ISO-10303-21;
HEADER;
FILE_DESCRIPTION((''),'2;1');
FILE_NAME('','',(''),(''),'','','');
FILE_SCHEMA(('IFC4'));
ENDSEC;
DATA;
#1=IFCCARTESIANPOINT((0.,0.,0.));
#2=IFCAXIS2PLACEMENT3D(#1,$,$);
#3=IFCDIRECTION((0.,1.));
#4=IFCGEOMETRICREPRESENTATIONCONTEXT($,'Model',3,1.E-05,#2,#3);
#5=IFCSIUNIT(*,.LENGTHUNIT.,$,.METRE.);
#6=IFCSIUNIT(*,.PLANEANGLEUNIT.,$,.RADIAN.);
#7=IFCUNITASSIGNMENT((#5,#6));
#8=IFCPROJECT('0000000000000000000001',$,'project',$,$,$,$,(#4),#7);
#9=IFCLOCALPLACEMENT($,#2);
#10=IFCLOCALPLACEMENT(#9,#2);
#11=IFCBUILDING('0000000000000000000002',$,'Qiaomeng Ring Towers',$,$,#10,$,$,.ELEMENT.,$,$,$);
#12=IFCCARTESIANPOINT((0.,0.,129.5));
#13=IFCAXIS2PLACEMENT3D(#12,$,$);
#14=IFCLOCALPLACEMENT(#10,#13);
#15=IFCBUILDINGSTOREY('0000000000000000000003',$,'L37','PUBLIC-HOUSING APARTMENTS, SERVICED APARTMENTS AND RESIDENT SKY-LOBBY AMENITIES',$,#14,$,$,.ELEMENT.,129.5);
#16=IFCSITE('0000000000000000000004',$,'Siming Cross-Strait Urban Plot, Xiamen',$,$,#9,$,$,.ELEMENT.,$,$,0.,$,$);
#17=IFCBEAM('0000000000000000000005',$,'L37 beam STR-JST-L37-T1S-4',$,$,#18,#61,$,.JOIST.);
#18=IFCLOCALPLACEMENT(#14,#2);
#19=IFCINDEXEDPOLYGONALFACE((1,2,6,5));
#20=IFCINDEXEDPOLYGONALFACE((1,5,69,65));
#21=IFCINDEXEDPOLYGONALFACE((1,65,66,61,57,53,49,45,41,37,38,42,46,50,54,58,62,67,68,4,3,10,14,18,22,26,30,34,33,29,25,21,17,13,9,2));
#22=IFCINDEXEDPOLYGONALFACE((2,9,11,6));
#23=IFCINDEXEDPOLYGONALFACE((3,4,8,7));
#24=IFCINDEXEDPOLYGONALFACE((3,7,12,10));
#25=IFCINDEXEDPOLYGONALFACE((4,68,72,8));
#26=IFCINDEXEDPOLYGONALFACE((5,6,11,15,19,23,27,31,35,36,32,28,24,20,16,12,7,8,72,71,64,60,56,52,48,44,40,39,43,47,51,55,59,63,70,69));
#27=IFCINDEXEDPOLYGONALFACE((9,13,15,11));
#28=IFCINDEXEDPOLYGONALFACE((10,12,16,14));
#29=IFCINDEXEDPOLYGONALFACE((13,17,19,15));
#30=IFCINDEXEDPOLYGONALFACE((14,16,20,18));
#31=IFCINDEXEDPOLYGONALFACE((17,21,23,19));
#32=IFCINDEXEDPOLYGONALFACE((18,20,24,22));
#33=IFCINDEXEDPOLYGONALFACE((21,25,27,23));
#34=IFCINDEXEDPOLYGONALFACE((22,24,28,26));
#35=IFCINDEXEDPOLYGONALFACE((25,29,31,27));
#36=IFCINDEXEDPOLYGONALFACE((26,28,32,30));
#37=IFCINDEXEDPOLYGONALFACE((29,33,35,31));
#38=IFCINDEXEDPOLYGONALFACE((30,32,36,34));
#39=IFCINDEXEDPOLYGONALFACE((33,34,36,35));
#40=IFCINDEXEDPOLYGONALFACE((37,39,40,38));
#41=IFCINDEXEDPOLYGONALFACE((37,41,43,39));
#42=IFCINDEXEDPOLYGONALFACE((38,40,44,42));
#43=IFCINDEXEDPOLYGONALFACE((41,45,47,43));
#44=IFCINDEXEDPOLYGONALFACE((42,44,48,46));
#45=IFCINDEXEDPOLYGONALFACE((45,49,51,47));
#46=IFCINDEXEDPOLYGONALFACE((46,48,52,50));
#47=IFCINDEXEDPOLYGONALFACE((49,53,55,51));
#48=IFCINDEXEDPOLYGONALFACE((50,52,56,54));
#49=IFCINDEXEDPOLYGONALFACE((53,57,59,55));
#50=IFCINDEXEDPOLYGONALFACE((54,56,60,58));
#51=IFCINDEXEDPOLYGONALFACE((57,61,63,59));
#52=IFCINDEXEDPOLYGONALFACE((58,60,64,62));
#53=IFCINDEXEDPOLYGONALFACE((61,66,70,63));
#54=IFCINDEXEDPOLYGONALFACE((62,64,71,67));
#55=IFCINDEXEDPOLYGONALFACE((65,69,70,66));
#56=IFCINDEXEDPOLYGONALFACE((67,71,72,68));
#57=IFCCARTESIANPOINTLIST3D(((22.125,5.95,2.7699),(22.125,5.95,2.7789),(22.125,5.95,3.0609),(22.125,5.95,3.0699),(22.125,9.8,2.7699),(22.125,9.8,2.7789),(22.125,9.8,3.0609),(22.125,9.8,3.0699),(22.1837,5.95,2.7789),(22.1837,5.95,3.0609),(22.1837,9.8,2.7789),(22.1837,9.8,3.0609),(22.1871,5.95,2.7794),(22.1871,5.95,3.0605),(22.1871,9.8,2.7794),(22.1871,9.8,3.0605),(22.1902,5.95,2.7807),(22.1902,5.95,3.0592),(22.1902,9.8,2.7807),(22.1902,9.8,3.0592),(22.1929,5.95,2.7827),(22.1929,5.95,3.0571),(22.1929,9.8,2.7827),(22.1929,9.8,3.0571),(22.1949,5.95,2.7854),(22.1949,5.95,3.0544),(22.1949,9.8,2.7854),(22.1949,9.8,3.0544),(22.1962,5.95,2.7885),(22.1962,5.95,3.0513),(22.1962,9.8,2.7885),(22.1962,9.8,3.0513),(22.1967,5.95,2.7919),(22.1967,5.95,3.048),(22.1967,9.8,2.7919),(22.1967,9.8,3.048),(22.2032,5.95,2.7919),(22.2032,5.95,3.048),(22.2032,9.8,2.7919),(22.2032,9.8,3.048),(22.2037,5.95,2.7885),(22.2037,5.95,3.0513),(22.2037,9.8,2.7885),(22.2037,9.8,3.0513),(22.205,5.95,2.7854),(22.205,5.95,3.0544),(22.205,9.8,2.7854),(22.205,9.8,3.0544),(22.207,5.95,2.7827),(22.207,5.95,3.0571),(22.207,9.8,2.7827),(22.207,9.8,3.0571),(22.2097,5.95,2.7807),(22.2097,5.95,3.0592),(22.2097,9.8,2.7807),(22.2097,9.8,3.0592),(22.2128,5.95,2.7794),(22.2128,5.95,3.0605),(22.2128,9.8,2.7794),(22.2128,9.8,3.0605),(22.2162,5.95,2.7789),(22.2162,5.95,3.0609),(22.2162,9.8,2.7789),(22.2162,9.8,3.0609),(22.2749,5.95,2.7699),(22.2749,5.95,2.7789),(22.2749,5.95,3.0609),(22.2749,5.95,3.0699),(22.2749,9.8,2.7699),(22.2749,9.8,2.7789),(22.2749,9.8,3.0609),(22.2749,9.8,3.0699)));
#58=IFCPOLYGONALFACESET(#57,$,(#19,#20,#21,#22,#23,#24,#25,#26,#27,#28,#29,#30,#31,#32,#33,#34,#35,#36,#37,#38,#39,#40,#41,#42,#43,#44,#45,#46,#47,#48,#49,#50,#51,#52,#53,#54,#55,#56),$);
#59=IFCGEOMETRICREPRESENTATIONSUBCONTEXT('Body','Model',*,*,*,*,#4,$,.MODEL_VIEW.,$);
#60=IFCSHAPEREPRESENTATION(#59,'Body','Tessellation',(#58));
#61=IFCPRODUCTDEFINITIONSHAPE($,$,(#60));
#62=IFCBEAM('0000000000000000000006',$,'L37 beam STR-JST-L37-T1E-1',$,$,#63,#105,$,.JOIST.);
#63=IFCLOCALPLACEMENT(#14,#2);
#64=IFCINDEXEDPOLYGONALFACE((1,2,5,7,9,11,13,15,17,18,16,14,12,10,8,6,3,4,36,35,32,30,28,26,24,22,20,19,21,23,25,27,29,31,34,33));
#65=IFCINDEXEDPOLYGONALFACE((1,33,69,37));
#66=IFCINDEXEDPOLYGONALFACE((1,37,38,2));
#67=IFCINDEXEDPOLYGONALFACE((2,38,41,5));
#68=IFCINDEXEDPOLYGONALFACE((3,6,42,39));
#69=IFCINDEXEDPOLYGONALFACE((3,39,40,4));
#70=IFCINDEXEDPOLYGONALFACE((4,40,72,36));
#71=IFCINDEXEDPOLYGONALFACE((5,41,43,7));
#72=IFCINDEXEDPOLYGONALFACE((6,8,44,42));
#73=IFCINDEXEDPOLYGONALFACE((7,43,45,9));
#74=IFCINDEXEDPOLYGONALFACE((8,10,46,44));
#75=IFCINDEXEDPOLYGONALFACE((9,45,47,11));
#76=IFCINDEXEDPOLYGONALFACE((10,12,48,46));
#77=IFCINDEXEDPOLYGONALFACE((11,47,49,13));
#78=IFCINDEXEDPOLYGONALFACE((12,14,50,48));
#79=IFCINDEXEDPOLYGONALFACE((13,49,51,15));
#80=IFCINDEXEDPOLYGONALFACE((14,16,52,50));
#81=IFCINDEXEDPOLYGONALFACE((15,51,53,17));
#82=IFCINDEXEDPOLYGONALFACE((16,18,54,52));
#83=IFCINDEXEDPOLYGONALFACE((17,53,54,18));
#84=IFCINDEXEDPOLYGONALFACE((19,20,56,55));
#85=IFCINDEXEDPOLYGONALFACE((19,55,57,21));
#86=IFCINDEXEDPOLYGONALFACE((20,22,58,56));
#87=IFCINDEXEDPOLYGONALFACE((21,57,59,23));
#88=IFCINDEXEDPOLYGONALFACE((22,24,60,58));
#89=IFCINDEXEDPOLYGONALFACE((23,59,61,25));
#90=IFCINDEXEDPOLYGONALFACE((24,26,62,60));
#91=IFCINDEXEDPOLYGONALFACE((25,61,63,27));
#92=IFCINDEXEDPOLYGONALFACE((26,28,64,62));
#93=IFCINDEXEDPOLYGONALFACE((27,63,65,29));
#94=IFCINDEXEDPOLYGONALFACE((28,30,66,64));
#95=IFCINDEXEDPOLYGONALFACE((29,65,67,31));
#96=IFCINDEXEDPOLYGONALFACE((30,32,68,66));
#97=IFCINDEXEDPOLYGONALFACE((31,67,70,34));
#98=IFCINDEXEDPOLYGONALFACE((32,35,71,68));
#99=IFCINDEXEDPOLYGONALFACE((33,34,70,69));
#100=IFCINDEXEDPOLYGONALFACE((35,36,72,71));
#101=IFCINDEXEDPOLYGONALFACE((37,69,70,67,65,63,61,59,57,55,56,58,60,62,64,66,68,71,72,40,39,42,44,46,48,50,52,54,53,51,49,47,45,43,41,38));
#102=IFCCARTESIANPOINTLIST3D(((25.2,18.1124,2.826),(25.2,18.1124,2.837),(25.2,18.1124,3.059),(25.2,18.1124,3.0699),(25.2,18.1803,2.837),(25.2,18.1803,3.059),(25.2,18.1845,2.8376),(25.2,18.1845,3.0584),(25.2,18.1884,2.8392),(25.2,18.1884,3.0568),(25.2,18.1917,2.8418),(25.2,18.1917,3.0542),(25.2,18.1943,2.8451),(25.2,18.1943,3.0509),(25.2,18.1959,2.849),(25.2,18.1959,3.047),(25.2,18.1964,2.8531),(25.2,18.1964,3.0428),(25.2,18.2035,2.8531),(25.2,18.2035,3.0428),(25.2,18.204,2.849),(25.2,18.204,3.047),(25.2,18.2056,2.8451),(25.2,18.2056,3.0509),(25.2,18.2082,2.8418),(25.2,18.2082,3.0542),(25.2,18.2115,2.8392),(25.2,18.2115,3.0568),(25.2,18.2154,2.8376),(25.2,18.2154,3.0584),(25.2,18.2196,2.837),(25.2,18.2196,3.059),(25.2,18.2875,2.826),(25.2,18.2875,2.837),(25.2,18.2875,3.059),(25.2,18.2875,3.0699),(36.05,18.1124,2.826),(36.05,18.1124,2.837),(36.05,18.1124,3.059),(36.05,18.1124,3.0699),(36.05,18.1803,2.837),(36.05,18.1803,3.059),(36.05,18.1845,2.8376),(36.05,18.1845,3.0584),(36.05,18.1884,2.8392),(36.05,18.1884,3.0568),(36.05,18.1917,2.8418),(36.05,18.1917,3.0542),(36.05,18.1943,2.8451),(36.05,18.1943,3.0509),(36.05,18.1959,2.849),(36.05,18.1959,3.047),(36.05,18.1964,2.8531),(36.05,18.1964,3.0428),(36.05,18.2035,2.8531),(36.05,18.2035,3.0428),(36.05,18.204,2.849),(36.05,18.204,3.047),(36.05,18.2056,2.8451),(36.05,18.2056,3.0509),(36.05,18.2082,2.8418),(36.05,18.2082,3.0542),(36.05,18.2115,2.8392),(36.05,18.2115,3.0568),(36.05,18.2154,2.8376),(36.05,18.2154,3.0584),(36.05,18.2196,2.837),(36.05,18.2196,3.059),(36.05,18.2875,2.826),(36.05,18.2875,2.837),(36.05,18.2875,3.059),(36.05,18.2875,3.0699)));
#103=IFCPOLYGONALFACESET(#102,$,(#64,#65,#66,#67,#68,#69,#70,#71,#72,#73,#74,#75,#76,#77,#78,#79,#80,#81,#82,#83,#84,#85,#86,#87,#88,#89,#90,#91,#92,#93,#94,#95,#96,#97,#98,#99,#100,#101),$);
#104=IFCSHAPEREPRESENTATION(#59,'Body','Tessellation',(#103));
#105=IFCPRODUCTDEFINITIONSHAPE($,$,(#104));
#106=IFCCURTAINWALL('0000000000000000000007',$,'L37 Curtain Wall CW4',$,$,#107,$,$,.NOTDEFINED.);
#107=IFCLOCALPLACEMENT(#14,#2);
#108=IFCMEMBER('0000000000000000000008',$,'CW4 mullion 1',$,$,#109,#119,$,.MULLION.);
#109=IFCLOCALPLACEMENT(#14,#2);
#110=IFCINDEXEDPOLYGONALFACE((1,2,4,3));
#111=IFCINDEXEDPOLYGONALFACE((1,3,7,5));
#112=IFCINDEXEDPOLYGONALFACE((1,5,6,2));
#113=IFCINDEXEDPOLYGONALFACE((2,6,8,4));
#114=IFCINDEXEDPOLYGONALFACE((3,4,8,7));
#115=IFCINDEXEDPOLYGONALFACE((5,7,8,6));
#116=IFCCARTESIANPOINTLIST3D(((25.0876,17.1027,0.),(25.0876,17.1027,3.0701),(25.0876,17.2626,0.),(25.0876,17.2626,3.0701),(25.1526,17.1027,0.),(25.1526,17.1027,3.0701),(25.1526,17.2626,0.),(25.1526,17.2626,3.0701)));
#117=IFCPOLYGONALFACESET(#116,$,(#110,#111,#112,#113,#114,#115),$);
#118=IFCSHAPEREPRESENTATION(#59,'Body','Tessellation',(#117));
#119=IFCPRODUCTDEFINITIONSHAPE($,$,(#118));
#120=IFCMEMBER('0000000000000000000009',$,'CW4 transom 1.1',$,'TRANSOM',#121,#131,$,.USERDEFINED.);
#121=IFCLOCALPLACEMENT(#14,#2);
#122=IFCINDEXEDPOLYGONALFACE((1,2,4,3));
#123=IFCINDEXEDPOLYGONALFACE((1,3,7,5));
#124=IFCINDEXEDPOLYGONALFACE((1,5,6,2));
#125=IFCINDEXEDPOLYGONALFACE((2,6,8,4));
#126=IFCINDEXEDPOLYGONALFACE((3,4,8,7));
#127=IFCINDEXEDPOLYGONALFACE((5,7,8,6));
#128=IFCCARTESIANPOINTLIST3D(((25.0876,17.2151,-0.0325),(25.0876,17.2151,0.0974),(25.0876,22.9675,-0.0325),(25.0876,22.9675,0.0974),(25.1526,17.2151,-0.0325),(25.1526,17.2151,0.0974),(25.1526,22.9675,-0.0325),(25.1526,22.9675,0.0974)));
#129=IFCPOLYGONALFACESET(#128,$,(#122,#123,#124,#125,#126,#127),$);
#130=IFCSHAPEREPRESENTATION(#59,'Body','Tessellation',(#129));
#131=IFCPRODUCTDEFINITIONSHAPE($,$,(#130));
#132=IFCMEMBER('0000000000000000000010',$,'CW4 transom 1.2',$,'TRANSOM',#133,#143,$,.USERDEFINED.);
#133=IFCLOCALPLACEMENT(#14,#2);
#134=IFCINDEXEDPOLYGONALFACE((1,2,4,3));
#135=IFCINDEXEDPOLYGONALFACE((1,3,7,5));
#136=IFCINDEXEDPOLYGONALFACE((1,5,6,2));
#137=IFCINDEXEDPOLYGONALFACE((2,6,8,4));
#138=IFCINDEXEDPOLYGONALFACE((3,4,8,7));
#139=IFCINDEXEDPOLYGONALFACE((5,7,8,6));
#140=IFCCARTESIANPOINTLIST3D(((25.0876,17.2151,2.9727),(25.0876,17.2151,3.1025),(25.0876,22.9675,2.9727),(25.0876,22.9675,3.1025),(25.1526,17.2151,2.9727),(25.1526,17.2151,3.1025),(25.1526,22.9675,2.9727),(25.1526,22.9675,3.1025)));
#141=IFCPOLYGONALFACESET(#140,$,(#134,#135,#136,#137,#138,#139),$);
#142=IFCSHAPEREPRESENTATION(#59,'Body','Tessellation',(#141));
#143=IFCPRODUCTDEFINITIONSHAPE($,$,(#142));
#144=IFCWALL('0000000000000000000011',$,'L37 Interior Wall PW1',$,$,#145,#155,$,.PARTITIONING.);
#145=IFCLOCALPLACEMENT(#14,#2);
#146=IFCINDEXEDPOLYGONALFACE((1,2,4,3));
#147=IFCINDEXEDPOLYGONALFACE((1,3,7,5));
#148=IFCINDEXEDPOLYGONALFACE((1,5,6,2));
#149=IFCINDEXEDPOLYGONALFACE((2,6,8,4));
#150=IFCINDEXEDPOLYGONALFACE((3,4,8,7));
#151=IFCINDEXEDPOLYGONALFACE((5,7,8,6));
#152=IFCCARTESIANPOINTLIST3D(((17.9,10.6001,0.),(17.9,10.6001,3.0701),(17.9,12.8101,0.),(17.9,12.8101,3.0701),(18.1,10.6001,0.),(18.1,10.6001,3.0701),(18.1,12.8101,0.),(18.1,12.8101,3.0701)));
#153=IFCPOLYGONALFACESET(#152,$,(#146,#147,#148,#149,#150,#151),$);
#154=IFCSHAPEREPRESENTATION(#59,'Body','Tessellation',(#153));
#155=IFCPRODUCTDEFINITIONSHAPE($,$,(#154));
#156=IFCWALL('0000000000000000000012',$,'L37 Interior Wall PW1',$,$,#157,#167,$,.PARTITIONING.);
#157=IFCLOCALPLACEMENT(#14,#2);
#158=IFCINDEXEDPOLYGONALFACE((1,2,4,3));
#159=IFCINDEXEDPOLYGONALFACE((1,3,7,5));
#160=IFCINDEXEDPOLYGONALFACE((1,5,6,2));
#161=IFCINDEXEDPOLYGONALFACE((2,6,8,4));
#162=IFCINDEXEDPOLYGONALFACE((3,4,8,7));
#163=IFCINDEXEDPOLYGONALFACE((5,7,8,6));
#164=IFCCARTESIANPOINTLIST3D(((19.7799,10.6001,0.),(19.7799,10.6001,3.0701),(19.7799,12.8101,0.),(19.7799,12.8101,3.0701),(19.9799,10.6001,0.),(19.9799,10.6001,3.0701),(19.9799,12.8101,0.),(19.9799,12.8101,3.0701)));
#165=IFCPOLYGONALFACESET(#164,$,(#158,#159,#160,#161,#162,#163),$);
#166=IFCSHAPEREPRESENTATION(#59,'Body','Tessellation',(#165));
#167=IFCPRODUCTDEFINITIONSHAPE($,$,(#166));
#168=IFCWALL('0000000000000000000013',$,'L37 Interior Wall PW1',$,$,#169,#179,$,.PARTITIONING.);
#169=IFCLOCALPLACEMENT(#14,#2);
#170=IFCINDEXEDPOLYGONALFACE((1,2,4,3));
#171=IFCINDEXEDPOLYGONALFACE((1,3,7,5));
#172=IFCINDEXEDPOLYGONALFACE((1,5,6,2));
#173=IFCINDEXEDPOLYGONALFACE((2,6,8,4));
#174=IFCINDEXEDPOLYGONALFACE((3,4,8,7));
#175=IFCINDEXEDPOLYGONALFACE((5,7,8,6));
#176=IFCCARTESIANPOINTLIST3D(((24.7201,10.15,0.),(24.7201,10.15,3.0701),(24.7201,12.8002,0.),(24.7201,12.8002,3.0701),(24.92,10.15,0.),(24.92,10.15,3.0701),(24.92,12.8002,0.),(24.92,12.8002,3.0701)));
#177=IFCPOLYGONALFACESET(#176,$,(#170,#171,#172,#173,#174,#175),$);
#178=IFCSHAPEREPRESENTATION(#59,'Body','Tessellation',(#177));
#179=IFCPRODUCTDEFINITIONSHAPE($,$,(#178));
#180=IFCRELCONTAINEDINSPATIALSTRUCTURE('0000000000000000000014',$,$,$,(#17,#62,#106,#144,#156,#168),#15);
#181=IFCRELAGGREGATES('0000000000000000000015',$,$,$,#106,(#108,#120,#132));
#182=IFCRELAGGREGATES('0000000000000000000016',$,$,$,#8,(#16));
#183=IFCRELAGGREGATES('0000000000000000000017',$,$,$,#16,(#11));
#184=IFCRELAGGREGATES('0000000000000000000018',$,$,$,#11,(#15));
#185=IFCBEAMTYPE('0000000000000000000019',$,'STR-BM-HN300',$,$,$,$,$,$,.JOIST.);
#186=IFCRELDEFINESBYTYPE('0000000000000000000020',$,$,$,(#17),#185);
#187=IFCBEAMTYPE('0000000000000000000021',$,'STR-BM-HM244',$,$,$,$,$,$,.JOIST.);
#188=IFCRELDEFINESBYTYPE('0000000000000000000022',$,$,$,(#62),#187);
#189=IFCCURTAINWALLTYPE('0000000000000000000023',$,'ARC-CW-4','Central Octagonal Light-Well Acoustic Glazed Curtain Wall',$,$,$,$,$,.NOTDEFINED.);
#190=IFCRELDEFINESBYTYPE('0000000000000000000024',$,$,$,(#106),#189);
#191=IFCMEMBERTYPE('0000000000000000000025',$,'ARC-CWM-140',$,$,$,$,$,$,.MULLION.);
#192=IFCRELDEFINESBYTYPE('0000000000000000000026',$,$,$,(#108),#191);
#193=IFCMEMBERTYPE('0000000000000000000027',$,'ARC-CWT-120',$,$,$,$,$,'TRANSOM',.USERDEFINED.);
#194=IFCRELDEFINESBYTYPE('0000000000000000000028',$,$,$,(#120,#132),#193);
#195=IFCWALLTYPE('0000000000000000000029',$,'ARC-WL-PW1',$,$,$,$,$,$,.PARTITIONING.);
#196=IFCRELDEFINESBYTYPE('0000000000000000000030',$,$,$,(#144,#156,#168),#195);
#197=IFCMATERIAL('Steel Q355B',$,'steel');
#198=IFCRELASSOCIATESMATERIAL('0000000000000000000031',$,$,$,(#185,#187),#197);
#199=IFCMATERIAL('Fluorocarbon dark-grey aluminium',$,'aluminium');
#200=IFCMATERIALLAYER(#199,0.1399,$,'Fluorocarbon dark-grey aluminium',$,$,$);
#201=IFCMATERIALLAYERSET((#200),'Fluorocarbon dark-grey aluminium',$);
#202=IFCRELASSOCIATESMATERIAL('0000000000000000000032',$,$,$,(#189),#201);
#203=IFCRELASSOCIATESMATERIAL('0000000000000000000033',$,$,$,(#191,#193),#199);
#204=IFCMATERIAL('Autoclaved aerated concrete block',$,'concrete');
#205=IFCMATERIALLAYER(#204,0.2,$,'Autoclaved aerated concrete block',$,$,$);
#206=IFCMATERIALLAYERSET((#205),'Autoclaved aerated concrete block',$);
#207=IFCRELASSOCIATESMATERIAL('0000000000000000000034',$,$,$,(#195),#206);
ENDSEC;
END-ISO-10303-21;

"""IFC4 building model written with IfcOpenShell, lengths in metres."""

from ifc_helpers import new_model, si_unit, direction, frame, frame_2d, origin, origin_2d, place, context, subcontext, project, spatial, rectangle, i_section, extrude, source, transform, mapped, material, layer, layer_set, material_profile, profile_set, type_object, element, aggregate, save


model = new_model("IFC4")

# Units and contexts
model_context = context("Model", 3, precision=1e-05, world=origin(), true_north=direction((0.0, 1.0)))
body_context = subcontext(model_context, "Body", "Model", "MODEL_VIEW")
ifc_project = project(units=[si_unit("LENGTHUNIT", "METRE"), si_unit("PLANEANGLEUNIT", "RADIAN")], contexts=[model_context])

# Site, building, storey
site_placement = place(None, origin())
site = spatial("IfcSite", under=ifc_project, at=site_placement, Name="Siming Cross-Strait Urban Plot, Xiamen", CompositionType="ELEMENT", RefElevation=0.0)
building_placement = place(site_placement, origin())
building = spatial("IfcBuilding", under=site, at=building_placement, Name="Qiaomeng Ring Towers", CompositionType="ELEMENT")
storey_placement = place(building_placement, frame((0.0, 0.0, 129.5)))
storey = spatial("IfcBuildingStorey", under=building, at=storey_placement, Name="L37", Description="PUBLIC-HOUSING APARTMENTS, SERVICED APARTMENTS AND RESIDENT SKY-LOBBY AMENITIES", CompositionType="ELEMENT", Elevation=129.5)

# Beams
ifc_material_1 = material(Name="Steel Q355B", Category="steel")
ifc_material_profile_1 = material_profile(ifc_material_1, i_section(OverallWidth=0.1499, OverallDepth=0.3, WebThickness=0.0066, FlangeThickness=0.009, FilletRadius=0.0129, at=origin_2d()), Name="HN 300x150x6.5x9")
ifc_profile_set_1 = profile_set([ifc_material_profile_1], Name="Steel Q355B")
beam_type_1 = type_object("IfcBeamType", Name="STR-BM-HN300", PredefinedType="JOIST", material=ifc_profile_set_1)
shared_shape_1 = source(origin(), body_context, "Body", "SweptSolid", [
    extrude(i_section(OverallWidth=0.1499, OverallDepth=0.3, WebThickness=0.0066, FlangeThickness=0.009, FilletRadius=0.0129, at=origin_2d()), origin(), (0.0, 0.0, 1.0), 3.8501),
])
for number, where, z_axis, x_axis, name in (
    (1, (22.2, 5.95, 2.9199), (0.0, 1.0, 0.0), (-1.0, 0.0, 0.0), "L37 beam STR-JST-L37-T1S-4"),
):
    element("IfcBeam", number, at=place(storey_placement, frame(where, z_axis=z_axis, x_axis=x_axis)), inside=storey, type_object=beam_type_1, Name=name, PredefinedType="JOIST", context=body_context, shape_type="MappedRepresentation", body=[
        mapped(shared_shape_1, transform((0.0, 0.0, 0.0), x_axis=(1.0, 0.0, 0.0), y_axis=(0.0, 1.0, 0.0), z_axis=(0.0, 0.0, 1.0), scale=1.0)),
    ])
ifc_material_profile_2 = material_profile(ifc_material_1, i_section(OverallWidth=0.175, OverallDepth=0.2439, WebThickness=0.0071, FlangeThickness=0.011, FilletRadius=0.0161, at=origin_2d()), Name="HM 244x175x7x11")
ifc_profile_set_2 = profile_set([ifc_material_profile_2], Name="Steel Q355B")
beam_type_2 = type_object("IfcBeamType", Name="STR-BM-HM244", PredefinedType="JOIST", material=ifc_profile_set_2)
shared_shape_2 = source(origin(), body_context, "Body", "SweptSolid", [
    extrude(i_section(OverallWidth=0.175, OverallDepth=0.2439, WebThickness=0.0071, FlangeThickness=0.011, FilletRadius=0.0161, at=origin_2d()), origin(), (0.0, 0.0, 1.0), 10.8501),
])
beam_1_placement = place(storey_placement, frame((25.2, 18.2, 2.948), z_axis=(1.0, 0.0, 0.0), x_axis=(0.0, 1.0, 0.0)))
element("IfcBeam", 2, at=beam_1_placement, inside=storey, type_object=beam_type_2, Name="L37 beam STR-JST-L37-T1E-1", PredefinedType="JOIST", context=body_context, shape_type="MappedRepresentation", body=[
    mapped(shared_shape_2, transform((0.0, 0.0, 0.0), x_axis=(1.0, 0.0, 0.0), y_axis=(0.0, 1.0, 0.0), z_axis=(0.0, 0.0, 1.0), scale=1.0)),
])

# Curtain wall, members
ifc_material_2 = material(Name="Fluorocarbon dark-grey aluminium", Category="aluminium")
ifc_layer_1 = layer(ifc_material_2, 0.1399, Name="Fluorocarbon dark-grey aluminium")
ifc_layer_set_1 = layer_set([ifc_layer_1], Name="Fluorocarbon dark-grey aluminium")
curtain_wall_type = type_object("IfcCurtainWallType", Name="ARC-CW-4", Description="Central Octagonal Light-Well Acoustic Glazed Curtain Wall", PredefinedType="NOTDEFINED", material=ifc_layer_set_1)
curtain_wall_placement = place(storey_placement, origin())
curtain_wall = element("IfcCurtainWall", 3, at=curtain_wall_placement, inside=storey, type_object=curtain_wall_type, Name="L37 Curtain Wall CW4", PredefinedType="NOTDEFINED")
ifc_material_profile_3 = material_profile(ifc_material_2, rectangle(XDim=0.0649, YDim=0.1599, at=origin_2d()), Name="ALU MULL 65x160")
ifc_profile_set_3 = profile_set([ifc_material_profile_3], Name="Fluorocarbon dark-grey aluminium")
member_type_1 = type_object("IfcMemberType", Name="ARC-CWM-140", PredefinedType="MULLION", material=ifc_profile_set_3)
shared_shape_3 = source(origin(), body_context, "Body", "SweptSolid", [
    extrude(rectangle(XDim=0.0649, YDim=0.1599, at=origin_2d()), origin(), (0.0, 0.0, 1.0), 3.0701),
])
member_1_placement = place(storey_placement, frame((25.1201, 17.1826, 0.0), z_axis=(0.0, 0.0, 1.0), x_axis=(-1.0, 0.0, 0.0)))
member_1 = element("IfcMember", 4, at=member_1_placement, type_object=member_type_1, Name="CW4 mullion 1", PredefinedType="MULLION", context=body_context, shape_type="MappedRepresentation", body=[
    mapped(shared_shape_3, transform((0.0, 0.0, 0.0), x_axis=(1.0, 0.0, 0.0), y_axis=(0.0, 1.0, 0.0), z_axis=(0.0, 0.0, 1.0), scale=1.0)),
])
ifc_material_profile_4 = material_profile(ifc_material_2, rectangle(XDim=0.0649, YDim=0.1299, at=origin_2d()), Name="ALU TRAN 65x130")
ifc_profile_set_4 = profile_set([ifc_material_profile_4], Name="Fluorocarbon dark-grey aluminium")
member_type_2 = type_object("IfcMemberType", Name="ARC-CWT-120", ElementType="TRANSOM", PredefinedType="USERDEFINED", material=ifc_profile_set_4)
shared_shape_4 = source(origin(), body_context, "Body", "SweptSolid", [
    extrude(rectangle(XDim=0.0649, YDim=0.1299, at=origin_2d()), origin(), (0.0, 0.0, 1.0), 5.7524),
])
member_2_placement = place(storey_placement, frame((25.1201, 17.2151, 0.0325), z_axis=(0.0, 1.0, 0.0), x_axis=(-1.0, 0.0, 0.0)))
member_2 = element("IfcMember", 5, at=member_2_placement, type_object=member_type_2, Name="CW4 transom 1.1", ObjectType="TRANSOM", PredefinedType="USERDEFINED", context=body_context, shape_type="MappedRepresentation", body=[
    mapped(shared_shape_4, transform((0.0, 0.0, 0.0), x_axis=(1.0, 0.0, 0.0), y_axis=(0.0, 1.0, 0.0), z_axis=(0.0, 0.0, 1.0), scale=1.0)),
])
member_3_placement = place(storey_placement, frame((25.1201, 17.2151, 3.0376), z_axis=(0.0, 1.0, 0.0), x_axis=(-1.0, 0.0, 0.0)))
member_3 = element("IfcMember", 6, at=member_3_placement, type_object=member_type_2, Name="CW4 transom 1.2", ObjectType="TRANSOM", PredefinedType="USERDEFINED", context=body_context, shape_type="MappedRepresentation", body=[
    mapped(shared_shape_4, transform((0.0, 0.0, 0.0), x_axis=(1.0, 0.0, 0.0), y_axis=(0.0, 1.0, 0.0), z_axis=(0.0, 0.0, 1.0), scale=1.0)),
])
aggregate(curtain_wall, [member_1, member_2, member_3])

# Walls
ifc_material_3 = material(Name="Autoclaved aerated concrete block", Category="concrete")
ifc_layer_2 = layer(ifc_material_3, 0.2, Name="Autoclaved aerated concrete block")
ifc_layer_set_2 = layer_set([ifc_layer_2], Name="Autoclaved aerated concrete block")
wall_type_1 = type_object("IfcWallType", Name="ARC-WL-PW1", PredefinedType="PARTITIONING", material=ifc_layer_set_2)
for number, where, z_axis, x_axis, name in (
    (7, (18.0, 10.6001, 0.0), (0.0, 0.0, 1.0), (0.0, 1.0, 0.0), "L37 Interior Wall PW1"),
    (8, (19.8799, 10.6001, 0.0), (0.0, 0.0, 1.0), (0.0, 1.0, 0.0), "L37 Interior Wall PW1"),
):
    element("IfcWall", number, at=place(storey_placement, frame(where, z_axis=z_axis, x_axis=x_axis)), inside=storey, type_object=wall_type_1, Name=name, PredefinedType="PARTITIONING", context=body_context, shape_type="SweptSolid", body=[
        extrude(rectangle(XDim=2.21, YDim=0.2, at=frame_2d((1.105, 0.0))), origin(), (0.0, 0.0, 1.0), 3.0701),
    ])
wall_1_placement = place(storey_placement, frame((24.8201, 10.1499, 0.0), z_axis=(0.0, 0.0, 1.0), x_axis=(0.0, 1.0, 0.0)))
element("IfcWall", 9, at=wall_1_placement, inside=storey, type_object=wall_type_1, Name="L37 Interior Wall PW1", PredefinedType="PARTITIONING", context=body_context, shape_type="SweptSolid", body=[
    extrude(rectangle(XDim=2.6501, YDim=0.2, at=frame_2d((1.3252, 0.0))), origin(), (0.0, 0.0, 1.0), 3.0701),
])

save(model, "model.ifc")
